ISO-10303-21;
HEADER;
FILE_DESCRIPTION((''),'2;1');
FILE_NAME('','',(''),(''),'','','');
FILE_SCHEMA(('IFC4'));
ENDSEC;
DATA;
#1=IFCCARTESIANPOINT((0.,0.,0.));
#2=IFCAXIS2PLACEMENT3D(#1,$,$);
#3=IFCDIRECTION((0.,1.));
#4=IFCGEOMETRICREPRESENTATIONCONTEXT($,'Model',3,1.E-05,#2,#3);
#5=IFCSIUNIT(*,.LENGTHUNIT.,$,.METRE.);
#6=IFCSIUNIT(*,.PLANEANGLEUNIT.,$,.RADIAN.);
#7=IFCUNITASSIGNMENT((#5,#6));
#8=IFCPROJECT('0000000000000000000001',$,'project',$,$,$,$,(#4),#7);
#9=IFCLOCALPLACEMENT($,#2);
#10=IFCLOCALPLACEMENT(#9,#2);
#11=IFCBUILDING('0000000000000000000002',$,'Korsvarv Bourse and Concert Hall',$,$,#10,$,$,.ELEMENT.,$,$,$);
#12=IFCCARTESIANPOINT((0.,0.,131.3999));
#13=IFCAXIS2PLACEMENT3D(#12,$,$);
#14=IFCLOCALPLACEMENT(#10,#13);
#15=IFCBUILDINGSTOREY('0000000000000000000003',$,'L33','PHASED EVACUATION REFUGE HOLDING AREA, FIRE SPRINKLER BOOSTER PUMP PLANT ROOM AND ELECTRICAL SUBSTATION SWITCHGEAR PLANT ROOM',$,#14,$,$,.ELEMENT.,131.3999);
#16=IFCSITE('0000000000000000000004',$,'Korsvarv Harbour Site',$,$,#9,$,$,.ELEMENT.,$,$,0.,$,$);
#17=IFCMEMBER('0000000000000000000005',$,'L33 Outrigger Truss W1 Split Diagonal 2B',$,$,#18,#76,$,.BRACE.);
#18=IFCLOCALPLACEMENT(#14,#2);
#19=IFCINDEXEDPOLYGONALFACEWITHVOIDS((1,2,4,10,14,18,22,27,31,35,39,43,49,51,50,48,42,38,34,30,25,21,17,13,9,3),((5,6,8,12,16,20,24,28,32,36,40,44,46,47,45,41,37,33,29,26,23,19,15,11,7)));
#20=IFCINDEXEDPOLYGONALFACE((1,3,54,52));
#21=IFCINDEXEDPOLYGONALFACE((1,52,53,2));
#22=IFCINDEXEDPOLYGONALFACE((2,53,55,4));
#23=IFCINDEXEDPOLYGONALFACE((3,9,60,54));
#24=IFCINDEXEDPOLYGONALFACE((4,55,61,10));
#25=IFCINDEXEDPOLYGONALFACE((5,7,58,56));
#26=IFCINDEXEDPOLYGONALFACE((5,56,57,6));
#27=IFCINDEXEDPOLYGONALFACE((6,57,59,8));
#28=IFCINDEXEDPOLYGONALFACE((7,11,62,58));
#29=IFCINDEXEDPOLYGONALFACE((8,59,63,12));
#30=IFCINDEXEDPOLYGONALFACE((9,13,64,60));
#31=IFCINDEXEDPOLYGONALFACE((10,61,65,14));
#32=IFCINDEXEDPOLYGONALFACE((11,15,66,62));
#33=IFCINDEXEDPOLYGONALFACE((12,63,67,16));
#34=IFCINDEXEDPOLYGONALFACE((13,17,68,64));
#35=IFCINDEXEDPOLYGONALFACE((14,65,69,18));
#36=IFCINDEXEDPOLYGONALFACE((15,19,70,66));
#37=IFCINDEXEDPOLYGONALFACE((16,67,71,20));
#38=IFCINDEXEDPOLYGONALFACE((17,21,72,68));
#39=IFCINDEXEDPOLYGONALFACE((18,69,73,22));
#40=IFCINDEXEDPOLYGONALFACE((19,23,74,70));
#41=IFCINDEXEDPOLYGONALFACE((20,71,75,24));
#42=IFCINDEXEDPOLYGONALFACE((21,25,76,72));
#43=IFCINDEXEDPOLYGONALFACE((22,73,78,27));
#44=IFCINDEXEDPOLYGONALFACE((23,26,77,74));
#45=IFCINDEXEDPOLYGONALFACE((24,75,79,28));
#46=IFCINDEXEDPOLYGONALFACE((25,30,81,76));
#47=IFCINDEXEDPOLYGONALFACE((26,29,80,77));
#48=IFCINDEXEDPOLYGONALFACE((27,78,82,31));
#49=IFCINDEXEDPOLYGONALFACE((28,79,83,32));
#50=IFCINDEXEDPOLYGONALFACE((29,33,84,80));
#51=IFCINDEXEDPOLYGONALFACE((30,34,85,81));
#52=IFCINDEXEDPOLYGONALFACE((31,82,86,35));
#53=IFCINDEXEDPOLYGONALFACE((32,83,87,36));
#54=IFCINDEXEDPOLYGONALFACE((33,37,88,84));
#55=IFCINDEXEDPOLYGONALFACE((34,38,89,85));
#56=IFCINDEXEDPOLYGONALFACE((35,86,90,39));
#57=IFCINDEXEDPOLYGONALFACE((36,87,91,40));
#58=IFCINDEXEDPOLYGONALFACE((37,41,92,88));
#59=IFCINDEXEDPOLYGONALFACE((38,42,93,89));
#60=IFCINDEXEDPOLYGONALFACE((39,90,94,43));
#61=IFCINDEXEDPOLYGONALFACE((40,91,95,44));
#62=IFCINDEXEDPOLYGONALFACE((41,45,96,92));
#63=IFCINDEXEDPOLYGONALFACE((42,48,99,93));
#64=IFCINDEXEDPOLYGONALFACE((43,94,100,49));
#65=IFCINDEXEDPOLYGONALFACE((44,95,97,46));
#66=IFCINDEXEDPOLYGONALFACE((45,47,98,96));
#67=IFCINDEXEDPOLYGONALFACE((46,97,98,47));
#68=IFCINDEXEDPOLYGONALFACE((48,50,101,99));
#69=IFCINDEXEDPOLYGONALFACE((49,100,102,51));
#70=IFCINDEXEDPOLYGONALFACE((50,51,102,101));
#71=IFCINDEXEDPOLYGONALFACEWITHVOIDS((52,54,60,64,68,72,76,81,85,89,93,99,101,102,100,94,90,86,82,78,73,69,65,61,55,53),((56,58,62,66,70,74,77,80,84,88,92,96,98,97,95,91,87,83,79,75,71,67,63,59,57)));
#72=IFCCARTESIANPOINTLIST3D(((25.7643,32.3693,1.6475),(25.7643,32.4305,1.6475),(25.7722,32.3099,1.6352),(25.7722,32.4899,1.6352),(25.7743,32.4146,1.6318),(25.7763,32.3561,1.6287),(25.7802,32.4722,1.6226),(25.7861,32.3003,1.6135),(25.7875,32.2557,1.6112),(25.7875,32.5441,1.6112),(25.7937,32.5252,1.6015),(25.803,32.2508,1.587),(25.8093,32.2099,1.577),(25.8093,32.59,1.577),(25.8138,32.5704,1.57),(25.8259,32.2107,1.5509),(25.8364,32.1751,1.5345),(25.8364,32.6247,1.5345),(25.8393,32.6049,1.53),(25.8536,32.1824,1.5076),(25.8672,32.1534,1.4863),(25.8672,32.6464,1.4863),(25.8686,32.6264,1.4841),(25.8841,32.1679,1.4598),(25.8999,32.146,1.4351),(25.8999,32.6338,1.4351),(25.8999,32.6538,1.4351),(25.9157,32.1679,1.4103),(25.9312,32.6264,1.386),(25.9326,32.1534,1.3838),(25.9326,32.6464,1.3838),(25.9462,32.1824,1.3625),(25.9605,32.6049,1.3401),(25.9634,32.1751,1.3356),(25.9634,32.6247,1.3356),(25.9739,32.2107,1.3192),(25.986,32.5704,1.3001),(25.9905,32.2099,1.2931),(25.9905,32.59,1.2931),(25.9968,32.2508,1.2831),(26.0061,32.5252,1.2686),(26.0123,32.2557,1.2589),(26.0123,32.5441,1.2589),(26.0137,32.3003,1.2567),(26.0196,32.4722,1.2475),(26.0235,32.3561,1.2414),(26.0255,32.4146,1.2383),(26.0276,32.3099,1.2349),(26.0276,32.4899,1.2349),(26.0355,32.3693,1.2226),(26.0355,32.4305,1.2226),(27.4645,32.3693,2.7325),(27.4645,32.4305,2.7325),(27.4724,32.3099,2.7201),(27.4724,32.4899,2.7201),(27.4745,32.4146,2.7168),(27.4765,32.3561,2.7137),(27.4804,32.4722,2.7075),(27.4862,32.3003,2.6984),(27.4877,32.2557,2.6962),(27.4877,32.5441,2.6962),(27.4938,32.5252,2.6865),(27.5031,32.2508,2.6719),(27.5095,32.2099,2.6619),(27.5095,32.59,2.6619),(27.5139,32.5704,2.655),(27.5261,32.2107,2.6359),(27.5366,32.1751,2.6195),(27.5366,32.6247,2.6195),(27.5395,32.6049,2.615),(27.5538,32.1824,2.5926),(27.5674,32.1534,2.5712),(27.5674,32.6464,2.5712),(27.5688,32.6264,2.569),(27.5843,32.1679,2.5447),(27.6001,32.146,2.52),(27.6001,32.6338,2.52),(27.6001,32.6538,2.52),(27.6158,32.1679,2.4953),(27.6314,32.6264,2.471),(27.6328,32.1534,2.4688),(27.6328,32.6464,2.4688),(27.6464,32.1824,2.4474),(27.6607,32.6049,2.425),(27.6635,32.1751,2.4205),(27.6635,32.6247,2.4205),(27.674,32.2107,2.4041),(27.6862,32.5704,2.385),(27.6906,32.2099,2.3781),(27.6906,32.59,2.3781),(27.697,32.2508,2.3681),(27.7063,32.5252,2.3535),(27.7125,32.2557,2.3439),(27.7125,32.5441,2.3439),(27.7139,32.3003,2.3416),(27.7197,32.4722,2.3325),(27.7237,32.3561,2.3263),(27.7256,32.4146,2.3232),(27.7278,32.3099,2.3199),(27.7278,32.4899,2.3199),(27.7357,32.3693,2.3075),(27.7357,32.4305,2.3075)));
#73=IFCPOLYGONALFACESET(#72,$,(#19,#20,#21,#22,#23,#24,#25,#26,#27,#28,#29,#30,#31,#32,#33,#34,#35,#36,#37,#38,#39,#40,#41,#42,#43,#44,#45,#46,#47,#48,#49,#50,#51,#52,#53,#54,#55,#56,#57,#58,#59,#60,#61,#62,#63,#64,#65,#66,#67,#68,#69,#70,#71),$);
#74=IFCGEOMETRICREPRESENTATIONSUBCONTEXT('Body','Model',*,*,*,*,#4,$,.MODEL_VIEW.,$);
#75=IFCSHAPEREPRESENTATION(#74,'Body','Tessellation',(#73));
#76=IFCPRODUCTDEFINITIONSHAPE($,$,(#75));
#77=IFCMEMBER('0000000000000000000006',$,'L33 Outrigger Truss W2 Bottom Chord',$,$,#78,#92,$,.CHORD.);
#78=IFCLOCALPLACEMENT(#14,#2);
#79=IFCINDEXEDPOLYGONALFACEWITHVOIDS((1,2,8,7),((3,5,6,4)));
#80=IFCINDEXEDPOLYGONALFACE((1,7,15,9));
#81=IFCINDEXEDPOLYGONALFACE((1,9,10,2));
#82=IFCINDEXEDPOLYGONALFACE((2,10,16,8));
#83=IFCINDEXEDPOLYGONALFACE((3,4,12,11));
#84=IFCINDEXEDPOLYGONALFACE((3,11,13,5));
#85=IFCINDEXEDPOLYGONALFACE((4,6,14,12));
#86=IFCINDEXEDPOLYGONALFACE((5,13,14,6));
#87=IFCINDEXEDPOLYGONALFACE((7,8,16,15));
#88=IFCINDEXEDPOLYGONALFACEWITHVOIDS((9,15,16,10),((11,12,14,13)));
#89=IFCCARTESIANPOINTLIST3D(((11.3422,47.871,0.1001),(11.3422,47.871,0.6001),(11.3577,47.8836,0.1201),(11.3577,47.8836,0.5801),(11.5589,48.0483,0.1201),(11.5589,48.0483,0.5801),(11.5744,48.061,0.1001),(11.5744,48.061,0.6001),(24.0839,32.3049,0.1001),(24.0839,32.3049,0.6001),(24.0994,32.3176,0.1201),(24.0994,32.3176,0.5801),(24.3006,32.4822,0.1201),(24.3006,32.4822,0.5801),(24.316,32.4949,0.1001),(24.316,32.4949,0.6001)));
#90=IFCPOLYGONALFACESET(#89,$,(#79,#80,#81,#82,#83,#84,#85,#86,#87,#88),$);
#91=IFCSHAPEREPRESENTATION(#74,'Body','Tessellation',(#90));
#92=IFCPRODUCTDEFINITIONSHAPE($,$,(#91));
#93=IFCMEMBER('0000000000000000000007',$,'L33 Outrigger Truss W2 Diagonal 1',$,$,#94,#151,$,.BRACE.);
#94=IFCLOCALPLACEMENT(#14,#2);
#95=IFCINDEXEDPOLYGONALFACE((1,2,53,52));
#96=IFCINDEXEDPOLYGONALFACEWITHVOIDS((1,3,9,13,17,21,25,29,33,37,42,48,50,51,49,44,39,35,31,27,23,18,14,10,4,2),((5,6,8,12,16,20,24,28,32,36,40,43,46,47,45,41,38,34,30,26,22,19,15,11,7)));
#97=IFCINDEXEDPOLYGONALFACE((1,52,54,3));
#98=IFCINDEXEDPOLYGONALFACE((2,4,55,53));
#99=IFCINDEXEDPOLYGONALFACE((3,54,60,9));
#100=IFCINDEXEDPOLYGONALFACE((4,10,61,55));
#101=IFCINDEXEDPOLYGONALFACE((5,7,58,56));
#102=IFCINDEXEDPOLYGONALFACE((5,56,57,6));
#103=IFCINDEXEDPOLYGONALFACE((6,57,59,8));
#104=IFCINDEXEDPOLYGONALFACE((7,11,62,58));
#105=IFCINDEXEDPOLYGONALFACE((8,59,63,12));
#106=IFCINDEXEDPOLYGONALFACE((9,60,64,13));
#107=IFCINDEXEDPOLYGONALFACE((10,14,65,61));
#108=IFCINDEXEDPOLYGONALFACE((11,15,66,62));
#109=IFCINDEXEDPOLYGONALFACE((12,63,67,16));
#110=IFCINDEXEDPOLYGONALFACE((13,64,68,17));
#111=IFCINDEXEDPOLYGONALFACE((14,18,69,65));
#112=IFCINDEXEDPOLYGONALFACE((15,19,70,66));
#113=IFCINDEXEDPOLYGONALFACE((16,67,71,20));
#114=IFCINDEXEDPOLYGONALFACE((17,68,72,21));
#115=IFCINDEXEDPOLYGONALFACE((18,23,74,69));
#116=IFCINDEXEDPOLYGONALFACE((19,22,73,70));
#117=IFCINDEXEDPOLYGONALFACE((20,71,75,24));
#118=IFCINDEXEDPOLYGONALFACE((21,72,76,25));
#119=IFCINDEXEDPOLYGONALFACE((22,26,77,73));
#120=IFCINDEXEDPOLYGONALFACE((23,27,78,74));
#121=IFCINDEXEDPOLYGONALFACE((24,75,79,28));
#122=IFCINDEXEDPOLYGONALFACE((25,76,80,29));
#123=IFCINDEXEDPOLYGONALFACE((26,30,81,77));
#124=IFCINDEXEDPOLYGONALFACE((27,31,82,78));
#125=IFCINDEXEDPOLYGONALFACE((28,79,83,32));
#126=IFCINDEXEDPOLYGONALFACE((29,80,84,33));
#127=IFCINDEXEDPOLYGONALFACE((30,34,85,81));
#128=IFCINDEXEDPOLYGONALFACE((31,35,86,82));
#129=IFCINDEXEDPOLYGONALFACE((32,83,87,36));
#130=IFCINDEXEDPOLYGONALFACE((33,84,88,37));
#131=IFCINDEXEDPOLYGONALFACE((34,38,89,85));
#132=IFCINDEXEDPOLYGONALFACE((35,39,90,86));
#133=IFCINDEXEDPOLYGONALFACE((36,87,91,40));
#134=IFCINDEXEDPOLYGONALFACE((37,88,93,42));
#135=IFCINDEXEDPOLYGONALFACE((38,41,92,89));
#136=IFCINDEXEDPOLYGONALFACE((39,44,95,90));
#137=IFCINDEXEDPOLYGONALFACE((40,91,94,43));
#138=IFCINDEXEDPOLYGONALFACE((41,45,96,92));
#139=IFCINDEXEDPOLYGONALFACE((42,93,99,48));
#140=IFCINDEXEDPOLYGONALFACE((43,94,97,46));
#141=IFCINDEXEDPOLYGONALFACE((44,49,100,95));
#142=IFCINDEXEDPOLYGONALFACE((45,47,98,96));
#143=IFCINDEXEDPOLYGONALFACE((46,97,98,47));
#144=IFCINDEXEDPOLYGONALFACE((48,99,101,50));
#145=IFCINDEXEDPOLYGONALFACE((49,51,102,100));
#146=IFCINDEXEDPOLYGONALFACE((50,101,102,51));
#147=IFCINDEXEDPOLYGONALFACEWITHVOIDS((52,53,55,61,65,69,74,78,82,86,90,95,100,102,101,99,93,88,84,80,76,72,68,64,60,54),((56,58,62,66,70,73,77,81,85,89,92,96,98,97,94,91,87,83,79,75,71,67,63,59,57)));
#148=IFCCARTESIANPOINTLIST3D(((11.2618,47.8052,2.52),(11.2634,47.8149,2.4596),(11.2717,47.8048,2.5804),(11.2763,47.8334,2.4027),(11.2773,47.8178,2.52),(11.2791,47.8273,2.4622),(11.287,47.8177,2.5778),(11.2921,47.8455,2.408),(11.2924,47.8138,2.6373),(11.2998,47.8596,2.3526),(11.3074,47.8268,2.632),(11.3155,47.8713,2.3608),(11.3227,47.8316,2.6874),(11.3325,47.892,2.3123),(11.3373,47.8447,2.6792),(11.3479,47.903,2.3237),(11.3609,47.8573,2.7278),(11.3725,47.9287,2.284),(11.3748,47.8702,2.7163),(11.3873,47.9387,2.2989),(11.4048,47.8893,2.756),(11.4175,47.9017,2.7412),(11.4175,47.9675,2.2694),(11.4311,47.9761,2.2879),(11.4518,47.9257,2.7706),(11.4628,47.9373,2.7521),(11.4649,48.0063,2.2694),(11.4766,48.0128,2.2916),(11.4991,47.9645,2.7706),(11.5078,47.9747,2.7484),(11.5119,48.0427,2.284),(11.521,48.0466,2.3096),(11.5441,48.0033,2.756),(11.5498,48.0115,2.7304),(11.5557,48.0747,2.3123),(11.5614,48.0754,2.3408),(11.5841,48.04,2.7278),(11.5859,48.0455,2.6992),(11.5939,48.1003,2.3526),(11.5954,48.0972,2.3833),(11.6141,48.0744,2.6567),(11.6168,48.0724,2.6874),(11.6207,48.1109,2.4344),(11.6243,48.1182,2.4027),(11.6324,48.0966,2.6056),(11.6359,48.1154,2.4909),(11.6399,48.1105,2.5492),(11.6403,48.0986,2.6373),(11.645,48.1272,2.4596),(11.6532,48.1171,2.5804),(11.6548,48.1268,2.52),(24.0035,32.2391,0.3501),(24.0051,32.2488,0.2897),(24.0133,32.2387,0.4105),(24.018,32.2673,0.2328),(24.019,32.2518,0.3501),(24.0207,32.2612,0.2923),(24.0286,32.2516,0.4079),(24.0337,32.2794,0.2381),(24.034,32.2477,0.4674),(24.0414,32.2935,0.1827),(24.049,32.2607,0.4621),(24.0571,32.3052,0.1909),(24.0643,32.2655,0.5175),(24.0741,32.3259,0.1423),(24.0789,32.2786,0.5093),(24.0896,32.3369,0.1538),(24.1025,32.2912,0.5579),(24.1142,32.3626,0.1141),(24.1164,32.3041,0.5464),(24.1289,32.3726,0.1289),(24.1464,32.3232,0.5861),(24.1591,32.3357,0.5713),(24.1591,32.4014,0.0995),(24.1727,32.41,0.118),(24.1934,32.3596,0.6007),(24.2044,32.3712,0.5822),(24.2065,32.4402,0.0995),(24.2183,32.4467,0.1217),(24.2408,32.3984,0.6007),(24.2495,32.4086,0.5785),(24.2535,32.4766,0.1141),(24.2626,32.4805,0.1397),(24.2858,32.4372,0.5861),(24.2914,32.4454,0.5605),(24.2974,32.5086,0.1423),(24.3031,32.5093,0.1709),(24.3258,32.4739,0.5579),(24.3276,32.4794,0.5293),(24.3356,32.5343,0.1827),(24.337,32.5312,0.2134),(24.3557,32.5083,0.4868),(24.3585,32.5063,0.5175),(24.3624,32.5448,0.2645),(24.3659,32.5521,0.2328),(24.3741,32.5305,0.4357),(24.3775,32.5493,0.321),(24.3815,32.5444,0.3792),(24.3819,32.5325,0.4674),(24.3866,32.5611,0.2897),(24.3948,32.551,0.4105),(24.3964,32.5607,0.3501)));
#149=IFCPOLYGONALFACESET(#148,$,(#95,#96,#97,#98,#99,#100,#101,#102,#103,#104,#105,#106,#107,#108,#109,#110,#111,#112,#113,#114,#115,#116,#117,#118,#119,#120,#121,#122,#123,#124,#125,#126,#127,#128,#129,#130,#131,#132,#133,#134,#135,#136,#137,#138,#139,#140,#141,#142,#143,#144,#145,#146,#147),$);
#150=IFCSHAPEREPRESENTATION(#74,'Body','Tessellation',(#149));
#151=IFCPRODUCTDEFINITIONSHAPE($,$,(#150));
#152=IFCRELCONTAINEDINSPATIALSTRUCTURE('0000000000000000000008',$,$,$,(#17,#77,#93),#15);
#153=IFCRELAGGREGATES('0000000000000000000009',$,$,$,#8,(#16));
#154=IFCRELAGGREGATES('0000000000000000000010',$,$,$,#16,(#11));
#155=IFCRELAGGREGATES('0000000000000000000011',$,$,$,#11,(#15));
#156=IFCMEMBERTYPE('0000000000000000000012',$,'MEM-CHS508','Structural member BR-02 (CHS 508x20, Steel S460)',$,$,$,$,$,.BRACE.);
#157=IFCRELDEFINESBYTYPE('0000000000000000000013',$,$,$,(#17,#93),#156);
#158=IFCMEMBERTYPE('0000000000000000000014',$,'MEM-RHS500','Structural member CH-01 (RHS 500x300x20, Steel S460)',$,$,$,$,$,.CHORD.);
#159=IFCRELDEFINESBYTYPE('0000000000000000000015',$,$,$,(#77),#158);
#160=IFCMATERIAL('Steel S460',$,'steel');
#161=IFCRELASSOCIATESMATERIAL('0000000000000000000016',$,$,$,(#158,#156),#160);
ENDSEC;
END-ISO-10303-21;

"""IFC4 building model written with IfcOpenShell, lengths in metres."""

from ifc_helpers import new_model, si_unit, direction, frame, origin, origin_2d, place, context, subcontext, project, spatial, hollow_rectangle, hollow_circle, extrude, source, transform, mapped, material, material_profile, profile_set, type_object, element, save


model = new_model("IFC4")

# Units and contexts
model_context = context("Model", 3, precision=1e-05, world=origin(), true_north=direction((0.0, 1.0)))
body_context = subcontext(model_context, "Body", "Model", "MODEL_VIEW")
ifc_project = project(units=[si_unit("LENGTHUNIT", "METRE"), si_unit("PLANEANGLEUNIT", "RADIAN")], contexts=[model_context])

# Site, building, storey
site_placement = place(None, origin())
site = spatial("IfcSite", under=ifc_project, at=site_placement, Name="Korsvarv Harbour Site", CompositionType="ELEMENT", RefElevation=0.0)
building_placement = place(site_placement, origin())
building = spatial("IfcBuilding", under=site, at=building_placement, Name="Korsvarv Bourse and Concert Hall", CompositionType="ELEMENT")
storey_placement = place(building_placement, frame((0.0, 0.0, 131.3999)))
storey = spatial("IfcBuildingStorey", under=building, at=storey_placement, Name="L33", Description="PHASED EVACUATION REFUGE HOLDING AREA, FIRE SPRINKLER BOOSTER PUMP PLANT ROOM AND ELECTRICAL SUBSTATION SWITCHGEAR PLANT ROOM", CompositionType="ELEMENT", Elevation=131.3999)

# Shared definitions
ifc_material_1 = material(Name="Steel S460", Category="steel")

# Shared definitions
ifc_material_profile_1 = material_profile(ifc_material_1, hollow_rectangle(XDim=0.3, YDim=0.5, WallThickness=0.02, at=origin_2d()), Name="RHS 500x300x20")
ifc_profile_set_1 = profile_set([ifc_material_profile_1], Name="Steel S460")
member_type_1 = type_object("IfcMemberType", Name="MEM-RHS500", Description="Structural member CH-01 (RHS 500x300x20, Steel S460)", PredefinedType="CHORD", material=ifc_profile_set_1)

# Members
ifc_material_profile_2 = material_profile(ifc_material_1, hollow_circle(Radius=0.2539, WallThickness=0.02, at=origin_2d()), Name="CHS 508x20")
ifc_profile_set_2 = profile_set([ifc_material_profile_2], Name="Steel S460")
member_type_2 = type_object("IfcMemberType", Name="MEM-CHS508", Description="Structural member BR-02 (CHS 508x20, Steel S460)", PredefinedType="BRACE", material=ifc_profile_set_2)
shared_shape_1 = source(origin(), body_context, "Body", "SweptSolid", [
    extrude(hollow_circle(Radius=0.2539, WallThickness=0.02, at=origin_2d()), origin(), (0.0, 0.0, 1.0), 2.0168),
])
member_1_placement = place(storey_placement, frame((25.8999, 32.3999, 1.4351), z_axis=(0.842983, 0.0, 0.53794), x_axis=(0.0, 1.0, 0.0)))
element("IfcMember", 1, at=member_1_placement, inside=storey, type_object=member_type_2, Name="L33 Outrigger Truss W1 Split Diagonal 2B", PredefinedType="BRACE", context=body_context, shape_type="MappedRepresentation", body=[
    mapped(shared_shape_1, transform((0.0, 0.0, 0.0), scale=1.0)),
])
shared_shape_2 = source(origin(), body_context, "Body", "SweptSolid", [
    extrude(hollow_rectangle(XDim=0.3, YDim=0.5, WallThickness=0.02, at=origin_2d()), origin(), (0.0, 0.0, 1.0), 20.116),
])
member_2_placement = place(storey_placement, frame((24.2, 32.3999, 0.3501), z_axis=(-0.633409, 0.773817, 0.0), x_axis=(-0.773817, -0.633409, 0.0)))
element("IfcMember", 2, at=member_2_placement, inside=storey, type_object=member_type_1, Name="L33 Outrigger Truss W2 Bottom Chord", PredefinedType="CHORD", context=body_context, shape_type="MappedRepresentation", body=[
    mapped(shared_shape_2, transform((0.0, 0.0, 0.0), scale=1.0)),
])
shared_shape_3 = source(origin(), body_context, "Body", "SweptSolid", [
    extrude(hollow_circle(Radius=0.2539, WallThickness=0.02, at=origin_2d()), origin(), (0.0, 0.0, 1.0), 20.2327),
])
member_3_placement = place(storey_placement, frame((24.2, 32.3999, 0.3501), z_axis=(-0.629756, 0.769354, 0.107248), x_axis=(-0.773817, -0.633409, 0.0)))
element("IfcMember", 3, at=member_3_placement, inside=storey, type_object=member_type_2, Name="L33 Outrigger Truss W2 Diagonal 1", PredefinedType="BRACE", context=body_context, shape_type="MappedRepresentation", body=[
    mapped(shared_shape_3, transform((0.0, 0.0, 0.0), scale=1.0)),
])

save(model, "model.ifc")
